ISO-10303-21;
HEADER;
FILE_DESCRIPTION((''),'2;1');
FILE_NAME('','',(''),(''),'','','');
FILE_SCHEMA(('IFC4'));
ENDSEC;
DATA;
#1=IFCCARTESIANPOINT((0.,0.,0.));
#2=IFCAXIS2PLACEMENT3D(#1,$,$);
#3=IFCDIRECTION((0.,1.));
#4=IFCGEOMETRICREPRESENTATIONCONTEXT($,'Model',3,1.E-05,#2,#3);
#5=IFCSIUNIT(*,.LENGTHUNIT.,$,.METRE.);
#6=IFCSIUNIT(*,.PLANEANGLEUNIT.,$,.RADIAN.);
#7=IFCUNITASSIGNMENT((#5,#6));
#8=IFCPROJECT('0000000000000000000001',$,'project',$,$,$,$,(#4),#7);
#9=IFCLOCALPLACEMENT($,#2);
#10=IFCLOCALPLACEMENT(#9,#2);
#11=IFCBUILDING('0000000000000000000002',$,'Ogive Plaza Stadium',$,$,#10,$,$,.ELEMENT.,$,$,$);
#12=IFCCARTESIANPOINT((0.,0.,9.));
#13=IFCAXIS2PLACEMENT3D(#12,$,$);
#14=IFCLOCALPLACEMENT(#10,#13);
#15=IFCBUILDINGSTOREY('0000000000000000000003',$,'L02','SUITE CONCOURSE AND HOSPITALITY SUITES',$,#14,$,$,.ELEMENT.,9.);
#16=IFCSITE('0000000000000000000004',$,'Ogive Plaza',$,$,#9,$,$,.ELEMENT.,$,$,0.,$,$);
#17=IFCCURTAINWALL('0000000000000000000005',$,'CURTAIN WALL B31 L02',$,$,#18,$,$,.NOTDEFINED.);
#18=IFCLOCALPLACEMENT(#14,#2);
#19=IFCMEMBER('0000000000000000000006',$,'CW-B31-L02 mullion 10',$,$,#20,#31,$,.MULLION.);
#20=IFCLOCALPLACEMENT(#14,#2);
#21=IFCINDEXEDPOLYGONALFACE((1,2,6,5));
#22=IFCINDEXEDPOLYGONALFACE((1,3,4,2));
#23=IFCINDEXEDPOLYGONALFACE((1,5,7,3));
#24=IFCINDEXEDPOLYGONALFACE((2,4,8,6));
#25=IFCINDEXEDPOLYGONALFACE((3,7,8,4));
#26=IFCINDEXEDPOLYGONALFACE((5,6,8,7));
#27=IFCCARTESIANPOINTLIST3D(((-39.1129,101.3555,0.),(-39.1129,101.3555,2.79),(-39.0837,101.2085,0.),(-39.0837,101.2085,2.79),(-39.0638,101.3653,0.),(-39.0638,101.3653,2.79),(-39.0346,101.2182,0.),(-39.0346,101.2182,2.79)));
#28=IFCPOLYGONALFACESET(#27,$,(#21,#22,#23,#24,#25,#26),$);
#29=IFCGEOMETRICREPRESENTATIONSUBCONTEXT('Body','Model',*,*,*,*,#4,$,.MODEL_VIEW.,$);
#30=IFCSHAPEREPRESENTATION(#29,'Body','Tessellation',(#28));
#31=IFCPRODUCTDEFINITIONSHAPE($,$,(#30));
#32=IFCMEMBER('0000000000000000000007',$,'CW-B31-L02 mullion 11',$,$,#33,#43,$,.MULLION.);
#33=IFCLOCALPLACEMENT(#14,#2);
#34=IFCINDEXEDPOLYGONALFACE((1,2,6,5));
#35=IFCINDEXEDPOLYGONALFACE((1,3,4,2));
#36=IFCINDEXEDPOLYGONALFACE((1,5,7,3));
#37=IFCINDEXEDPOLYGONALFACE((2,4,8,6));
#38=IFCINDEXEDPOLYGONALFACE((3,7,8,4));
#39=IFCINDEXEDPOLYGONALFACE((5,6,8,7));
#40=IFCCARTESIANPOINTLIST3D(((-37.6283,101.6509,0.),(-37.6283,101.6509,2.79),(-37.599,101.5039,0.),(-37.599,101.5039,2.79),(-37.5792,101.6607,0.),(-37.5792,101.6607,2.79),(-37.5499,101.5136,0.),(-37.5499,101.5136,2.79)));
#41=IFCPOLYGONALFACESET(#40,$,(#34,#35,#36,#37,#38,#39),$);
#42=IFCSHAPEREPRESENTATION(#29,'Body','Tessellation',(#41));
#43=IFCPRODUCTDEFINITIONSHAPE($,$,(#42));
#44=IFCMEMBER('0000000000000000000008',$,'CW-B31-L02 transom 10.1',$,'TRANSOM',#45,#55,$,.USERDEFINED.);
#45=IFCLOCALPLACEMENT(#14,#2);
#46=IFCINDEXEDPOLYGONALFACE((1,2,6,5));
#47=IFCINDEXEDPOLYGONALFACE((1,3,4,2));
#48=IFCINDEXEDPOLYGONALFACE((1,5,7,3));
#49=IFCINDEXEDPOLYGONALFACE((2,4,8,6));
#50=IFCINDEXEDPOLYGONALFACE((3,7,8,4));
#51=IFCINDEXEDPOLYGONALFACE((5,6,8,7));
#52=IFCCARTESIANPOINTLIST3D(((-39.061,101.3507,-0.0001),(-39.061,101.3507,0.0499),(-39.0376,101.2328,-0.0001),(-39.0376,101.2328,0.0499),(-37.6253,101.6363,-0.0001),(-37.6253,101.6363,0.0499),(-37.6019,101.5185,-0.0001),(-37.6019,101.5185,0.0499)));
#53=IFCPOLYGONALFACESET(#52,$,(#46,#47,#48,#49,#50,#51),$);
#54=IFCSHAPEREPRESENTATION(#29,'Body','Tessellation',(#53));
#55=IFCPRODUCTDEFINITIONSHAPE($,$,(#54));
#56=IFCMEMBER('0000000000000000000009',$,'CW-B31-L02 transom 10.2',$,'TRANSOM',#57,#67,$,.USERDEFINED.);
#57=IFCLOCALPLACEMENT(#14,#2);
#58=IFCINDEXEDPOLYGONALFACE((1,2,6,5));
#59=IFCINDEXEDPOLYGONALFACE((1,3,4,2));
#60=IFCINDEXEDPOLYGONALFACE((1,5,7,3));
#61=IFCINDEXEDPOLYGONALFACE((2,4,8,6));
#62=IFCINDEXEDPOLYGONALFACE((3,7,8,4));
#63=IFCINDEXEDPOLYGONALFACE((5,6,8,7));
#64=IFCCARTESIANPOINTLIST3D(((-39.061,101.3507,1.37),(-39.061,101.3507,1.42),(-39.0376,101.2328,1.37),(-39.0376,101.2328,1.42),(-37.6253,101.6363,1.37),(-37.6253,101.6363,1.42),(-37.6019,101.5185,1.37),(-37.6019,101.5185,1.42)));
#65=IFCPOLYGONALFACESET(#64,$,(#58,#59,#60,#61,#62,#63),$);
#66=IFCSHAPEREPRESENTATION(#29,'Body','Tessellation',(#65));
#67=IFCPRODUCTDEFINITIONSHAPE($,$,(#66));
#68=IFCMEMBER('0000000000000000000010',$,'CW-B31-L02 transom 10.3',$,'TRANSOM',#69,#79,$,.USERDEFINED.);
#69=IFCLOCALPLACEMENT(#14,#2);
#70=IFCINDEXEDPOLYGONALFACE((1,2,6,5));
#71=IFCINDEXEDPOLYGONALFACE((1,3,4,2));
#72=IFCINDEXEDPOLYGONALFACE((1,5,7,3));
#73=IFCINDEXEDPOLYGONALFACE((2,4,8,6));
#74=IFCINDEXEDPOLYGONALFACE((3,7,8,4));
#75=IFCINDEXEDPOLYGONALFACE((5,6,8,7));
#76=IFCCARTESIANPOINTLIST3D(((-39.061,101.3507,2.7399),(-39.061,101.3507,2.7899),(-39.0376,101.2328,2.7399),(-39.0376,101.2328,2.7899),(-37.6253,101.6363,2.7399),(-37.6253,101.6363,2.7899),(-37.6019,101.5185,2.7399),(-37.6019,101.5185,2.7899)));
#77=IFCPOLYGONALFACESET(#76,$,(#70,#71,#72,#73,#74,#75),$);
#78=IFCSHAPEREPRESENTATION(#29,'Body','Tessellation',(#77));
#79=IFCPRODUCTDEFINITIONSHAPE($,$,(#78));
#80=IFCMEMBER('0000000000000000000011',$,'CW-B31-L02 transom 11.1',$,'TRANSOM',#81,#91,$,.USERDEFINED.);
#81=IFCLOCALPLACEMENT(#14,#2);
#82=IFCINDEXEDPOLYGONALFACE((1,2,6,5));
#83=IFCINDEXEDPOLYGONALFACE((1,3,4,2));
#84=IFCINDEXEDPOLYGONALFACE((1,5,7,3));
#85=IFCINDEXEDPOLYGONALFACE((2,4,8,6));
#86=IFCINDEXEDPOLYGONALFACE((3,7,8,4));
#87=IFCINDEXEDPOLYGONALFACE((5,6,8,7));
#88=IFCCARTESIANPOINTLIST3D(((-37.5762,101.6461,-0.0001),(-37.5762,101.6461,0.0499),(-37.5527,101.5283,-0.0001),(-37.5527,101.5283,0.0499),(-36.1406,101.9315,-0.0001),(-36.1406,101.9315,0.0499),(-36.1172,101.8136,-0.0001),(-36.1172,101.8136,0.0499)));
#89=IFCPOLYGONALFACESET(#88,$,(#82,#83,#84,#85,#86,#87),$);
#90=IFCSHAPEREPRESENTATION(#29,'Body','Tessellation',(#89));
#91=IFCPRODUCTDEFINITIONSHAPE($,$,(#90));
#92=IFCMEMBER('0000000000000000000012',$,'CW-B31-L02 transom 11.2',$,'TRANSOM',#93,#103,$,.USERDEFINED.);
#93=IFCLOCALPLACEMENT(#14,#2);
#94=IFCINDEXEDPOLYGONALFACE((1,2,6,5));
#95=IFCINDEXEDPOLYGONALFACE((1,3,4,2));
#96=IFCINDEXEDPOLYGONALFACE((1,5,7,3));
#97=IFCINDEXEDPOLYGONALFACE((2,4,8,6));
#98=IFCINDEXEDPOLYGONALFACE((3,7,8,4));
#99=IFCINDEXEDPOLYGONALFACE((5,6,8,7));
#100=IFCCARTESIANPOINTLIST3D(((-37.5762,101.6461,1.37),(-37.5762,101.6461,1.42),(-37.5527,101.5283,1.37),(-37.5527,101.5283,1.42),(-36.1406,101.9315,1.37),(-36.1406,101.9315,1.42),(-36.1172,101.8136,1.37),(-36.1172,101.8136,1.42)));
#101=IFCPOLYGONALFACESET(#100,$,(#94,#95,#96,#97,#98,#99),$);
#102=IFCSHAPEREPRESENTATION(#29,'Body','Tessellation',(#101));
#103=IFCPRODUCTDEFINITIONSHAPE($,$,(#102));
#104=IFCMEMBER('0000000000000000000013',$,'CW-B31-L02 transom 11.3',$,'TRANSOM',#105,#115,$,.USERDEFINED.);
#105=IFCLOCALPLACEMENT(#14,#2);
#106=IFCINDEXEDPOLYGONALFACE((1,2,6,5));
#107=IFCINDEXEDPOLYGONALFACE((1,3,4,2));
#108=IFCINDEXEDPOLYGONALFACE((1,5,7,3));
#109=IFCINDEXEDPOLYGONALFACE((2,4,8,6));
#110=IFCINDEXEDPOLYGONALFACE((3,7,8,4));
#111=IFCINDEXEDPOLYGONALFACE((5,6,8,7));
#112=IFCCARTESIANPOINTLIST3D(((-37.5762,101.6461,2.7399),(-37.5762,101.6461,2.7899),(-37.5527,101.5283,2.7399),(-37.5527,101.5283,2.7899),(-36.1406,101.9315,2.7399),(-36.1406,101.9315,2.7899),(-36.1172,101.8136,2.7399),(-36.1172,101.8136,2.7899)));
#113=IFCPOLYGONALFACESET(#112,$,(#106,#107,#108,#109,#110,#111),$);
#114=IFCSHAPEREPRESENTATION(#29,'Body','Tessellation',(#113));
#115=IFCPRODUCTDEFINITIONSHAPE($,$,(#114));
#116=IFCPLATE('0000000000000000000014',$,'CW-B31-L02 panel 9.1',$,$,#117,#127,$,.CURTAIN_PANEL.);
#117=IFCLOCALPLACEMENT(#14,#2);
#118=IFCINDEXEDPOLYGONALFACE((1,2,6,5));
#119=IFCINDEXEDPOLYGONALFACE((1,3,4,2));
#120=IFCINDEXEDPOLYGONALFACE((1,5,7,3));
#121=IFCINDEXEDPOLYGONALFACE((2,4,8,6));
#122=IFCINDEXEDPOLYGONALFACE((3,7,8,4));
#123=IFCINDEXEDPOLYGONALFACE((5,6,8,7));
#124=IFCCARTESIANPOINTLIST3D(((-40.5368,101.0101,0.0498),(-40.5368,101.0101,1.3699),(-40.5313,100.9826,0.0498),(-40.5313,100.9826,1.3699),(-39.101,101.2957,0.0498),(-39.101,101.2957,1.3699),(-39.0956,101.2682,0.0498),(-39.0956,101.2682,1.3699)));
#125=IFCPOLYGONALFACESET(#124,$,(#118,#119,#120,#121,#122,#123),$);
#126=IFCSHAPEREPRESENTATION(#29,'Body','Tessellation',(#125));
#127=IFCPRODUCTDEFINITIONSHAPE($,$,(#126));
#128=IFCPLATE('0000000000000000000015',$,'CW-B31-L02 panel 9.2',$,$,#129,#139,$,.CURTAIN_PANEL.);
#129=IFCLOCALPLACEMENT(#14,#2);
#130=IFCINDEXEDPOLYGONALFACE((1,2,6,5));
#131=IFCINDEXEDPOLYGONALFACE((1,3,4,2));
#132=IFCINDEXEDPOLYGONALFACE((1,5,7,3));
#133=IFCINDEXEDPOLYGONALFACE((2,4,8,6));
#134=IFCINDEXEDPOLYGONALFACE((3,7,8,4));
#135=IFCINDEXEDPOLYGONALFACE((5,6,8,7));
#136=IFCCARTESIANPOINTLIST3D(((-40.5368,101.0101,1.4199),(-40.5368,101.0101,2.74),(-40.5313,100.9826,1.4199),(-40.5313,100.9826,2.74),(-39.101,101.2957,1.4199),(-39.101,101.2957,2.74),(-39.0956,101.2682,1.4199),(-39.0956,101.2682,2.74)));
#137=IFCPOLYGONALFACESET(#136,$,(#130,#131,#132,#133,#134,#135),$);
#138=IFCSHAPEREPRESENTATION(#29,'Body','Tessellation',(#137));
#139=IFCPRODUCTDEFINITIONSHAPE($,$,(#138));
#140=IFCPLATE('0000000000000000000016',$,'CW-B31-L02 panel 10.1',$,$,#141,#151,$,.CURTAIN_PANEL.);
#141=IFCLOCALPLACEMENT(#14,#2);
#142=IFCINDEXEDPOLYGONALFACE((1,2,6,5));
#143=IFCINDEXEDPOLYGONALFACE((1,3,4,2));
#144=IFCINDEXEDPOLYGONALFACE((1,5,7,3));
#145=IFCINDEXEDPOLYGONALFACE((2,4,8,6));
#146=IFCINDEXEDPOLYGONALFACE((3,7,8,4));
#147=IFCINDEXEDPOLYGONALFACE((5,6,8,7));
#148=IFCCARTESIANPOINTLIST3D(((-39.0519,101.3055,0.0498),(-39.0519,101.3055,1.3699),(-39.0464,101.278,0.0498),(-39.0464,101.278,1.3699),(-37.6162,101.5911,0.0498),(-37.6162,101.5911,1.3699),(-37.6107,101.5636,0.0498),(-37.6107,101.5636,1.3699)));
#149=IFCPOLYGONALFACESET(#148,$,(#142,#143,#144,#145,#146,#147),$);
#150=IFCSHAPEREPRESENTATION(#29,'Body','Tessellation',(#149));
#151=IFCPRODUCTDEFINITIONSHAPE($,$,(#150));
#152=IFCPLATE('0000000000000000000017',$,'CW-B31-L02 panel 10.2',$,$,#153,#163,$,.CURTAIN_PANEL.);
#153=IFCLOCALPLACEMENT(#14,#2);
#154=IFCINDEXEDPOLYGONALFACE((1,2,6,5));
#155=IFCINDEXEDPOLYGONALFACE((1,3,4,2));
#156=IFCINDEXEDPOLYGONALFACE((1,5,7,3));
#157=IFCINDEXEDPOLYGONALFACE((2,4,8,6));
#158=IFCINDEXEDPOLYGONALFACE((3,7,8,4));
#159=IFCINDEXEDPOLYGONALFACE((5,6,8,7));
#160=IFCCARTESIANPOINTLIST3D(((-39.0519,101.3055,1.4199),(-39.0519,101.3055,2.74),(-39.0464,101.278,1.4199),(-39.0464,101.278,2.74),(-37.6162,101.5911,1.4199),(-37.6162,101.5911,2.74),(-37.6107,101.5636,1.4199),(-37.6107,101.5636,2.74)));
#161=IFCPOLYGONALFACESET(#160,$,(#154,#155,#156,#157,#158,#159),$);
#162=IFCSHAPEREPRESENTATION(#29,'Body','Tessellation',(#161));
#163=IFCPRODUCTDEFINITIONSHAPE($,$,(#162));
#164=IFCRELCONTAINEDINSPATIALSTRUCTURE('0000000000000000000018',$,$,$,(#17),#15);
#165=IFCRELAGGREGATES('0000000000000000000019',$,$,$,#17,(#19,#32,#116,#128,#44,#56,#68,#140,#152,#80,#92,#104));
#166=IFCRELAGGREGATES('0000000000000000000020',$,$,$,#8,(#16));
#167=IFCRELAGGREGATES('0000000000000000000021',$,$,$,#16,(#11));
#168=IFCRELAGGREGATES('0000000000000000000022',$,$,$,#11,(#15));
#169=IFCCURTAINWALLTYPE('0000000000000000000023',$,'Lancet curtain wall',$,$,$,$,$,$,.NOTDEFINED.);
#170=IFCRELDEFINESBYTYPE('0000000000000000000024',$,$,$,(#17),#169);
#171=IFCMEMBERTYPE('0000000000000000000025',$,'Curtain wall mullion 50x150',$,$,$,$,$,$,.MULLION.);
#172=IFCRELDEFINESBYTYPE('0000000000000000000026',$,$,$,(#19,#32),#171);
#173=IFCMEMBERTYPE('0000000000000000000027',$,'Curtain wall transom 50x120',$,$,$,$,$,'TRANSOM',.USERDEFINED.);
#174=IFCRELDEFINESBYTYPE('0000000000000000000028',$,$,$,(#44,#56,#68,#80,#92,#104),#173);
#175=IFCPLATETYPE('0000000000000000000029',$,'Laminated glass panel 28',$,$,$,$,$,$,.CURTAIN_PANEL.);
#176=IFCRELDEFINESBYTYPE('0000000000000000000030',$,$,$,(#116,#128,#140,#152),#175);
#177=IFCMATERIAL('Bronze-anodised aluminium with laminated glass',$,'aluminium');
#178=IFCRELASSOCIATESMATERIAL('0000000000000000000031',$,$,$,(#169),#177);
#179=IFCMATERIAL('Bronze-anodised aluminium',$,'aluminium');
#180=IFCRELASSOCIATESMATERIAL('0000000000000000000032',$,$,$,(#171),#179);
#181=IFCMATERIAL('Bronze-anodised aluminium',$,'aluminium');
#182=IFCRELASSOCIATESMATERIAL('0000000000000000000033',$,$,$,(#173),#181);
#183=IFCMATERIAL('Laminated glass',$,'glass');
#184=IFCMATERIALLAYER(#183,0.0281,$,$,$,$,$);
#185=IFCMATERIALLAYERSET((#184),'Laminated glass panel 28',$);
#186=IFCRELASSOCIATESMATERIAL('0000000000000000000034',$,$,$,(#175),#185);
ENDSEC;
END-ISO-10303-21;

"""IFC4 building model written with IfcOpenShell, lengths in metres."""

from ifc_helpers import new_model, si_unit, direction, frame, origin, origin_2d, place, context, subcontext, project, spatial, rectangle, extrude, material, layer, layer_set, material_profile, profile_set, type_object, element, aggregate, save


model = new_model("IFC4")

# Units and contexts
model_context = context("Model", 3, precision=1e-05, world=origin(), true_north=direction((0.0, 1.0)))
body_context = subcontext(model_context, "Body", "Model", "MODEL_VIEW")
ifc_project = project(units=[si_unit("LENGTHUNIT", "METRE"), si_unit("PLANEANGLEUNIT", "RADIAN")], contexts=[model_context])

# Site, building, storey
site_placement = place(None, origin())
site = spatial("IfcSite", under=ifc_project, at=site_placement, Name="Ogive Plaza", CompositionType="ELEMENT", RefElevation=0.0)
building_placement = place(site_placement, origin())
building = spatial("IfcBuilding", under=site, at=building_placement, Name="Ogive Plaza Stadium", CompositionType="ELEMENT")
storey_placement = place(building_placement, frame((0.0, 0.0, 9.0)))
storey = spatial("IfcBuildingStorey", under=building, at=storey_placement, Name="L02", Description="SUITE CONCOURSE AND HOSPITALITY SUITES", CompositionType="ELEMENT", Elevation=9.0)

# Curtain wall, members, plates
ifc_material_1 = material(Name="Bronze-anodised aluminium with laminated glass", Category="aluminium")
curtain_wall_type = type_object("IfcCurtainWallType", Name="Lancet curtain wall", PredefinedType="NOTDEFINED", material=ifc_material_1)
curtain_wall_placement = place(storey_placement, origin())
curtain_wall = element("IfcCurtainWall", 1, at=curtain_wall_placement, inside=storey, type_object=curtain_wall_type, Name="CURTAIN WALL B31 L02", PredefinedType="NOTDEFINED")
ifc_material_2 = material(Name="Bronze-anodised aluminium", Category="aluminium")
ifc_material_profile_1 = material_profile(ifc_material_2, rectangle(XDim=0.1499, YDim=0.05, at=origin_2d()), Name="AL 150x50")
ifc_profile_set_1 = profile_set([ifc_material_profile_1], Name="Bronze-anodised aluminium")
member_type_1 = type_object("IfcMemberType", Name="Curtain wall mullion 50x150", PredefinedType="MULLION", material=ifc_profile_set_1)
member_1_placement = place(storey_placement, frame((-39.0737, 101.2869, 0.0), z_axis=(0.0, 0.0, 1.0), x_axis=(-0.19509, 0.980785, 0.0)))
member_1 = element("IfcMember", 2, at=member_1_placement, type_object=member_type_1, Name="CW-B31-L02 mullion 10", PredefinedType="MULLION", context=body_context, shape_type="SweptSolid", body=[
    extrude(rectangle(XDim=0.1499, YDim=0.05, at=origin_2d()), origin(), (0.0, 0.0, 1.0), 2.79),
])
member_2_placement = place(storey_placement, frame((-37.5891, 101.5823, 0.0), z_axis=(0.0, 0.0, 1.0), x_axis=(-0.19509, 0.980785, 0.0)))
member_2 = element("IfcMember", 3, at=member_2_placement, type_object=member_type_1, Name="CW-B31-L02 mullion 11", PredefinedType="MULLION", context=body_context, shape_type="SweptSolid", body=[
    extrude(rectangle(XDim=0.1499, YDim=0.05, at=origin_2d()), origin(), (0.0, 0.0, 1.0), 2.79),
])
ifc_material_3 = material(Name="Bronze-anodised aluminium", Category="aluminium")
ifc_material_profile_2 = material_profile(ifc_material_3, rectangle(XDim=0.1201, YDim=0.05, at=origin_2d()), Name="AL 120x50")
ifc_profile_set_2 = profile_set([ifc_material_profile_2], Name="Bronze-anodised aluminium")
member_type_2 = type_object("IfcMemberType", Name="Curtain wall transom 50x120", ElementType="TRANSOM", PredefinedType="USERDEFINED", material=ifc_profile_set_2)
member_3_placement = place(storey_placement, frame((-39.0493, 101.2917, 0.0249), z_axis=(0.980779, 0.195122, 0.0), x_axis=(-0.195122, 0.980779, 0.0)))
member_3 = element("IfcMember", 4, at=member_3_placement, type_object=member_type_2, Name="CW-B31-L02 transom 10.1", ObjectType="TRANSOM", PredefinedType="USERDEFINED", context=body_context, shape_type="SweptSolid", body=[
    extrude(rectangle(XDim=0.1201, YDim=0.05, at=origin_2d()), origin(), (0.0, 0.0, 1.0), 1.4639),
])
member_4_placement = place(storey_placement, frame((-39.0493, 101.2917, 1.395), z_axis=(0.980779, 0.195122, 0.0), x_axis=(-0.195122, 0.980779, 0.0)))
member_4 = element("IfcMember", 5, at=member_4_placement, type_object=member_type_2, Name="CW-B31-L02 transom 10.2", ObjectType="TRANSOM", PredefinedType="USERDEFINED", context=body_context, shape_type="SweptSolid", body=[
    extrude(rectangle(XDim=0.1201, YDim=0.05, at=origin_2d()), origin(), (0.0, 0.0, 1.0), 1.4639),
])
member_5_placement = place(storey_placement, frame((-39.0493, 101.2917, 2.7649), z_axis=(0.980779, 0.195122, 0.0), x_axis=(-0.195122, 0.980779, 0.0)))
member_5 = element("IfcMember", 6, at=member_5_placement, type_object=member_type_2, Name="CW-B31-L02 transom 10.3", ObjectType="TRANSOM", PredefinedType="USERDEFINED", context=body_context, shape_type="SweptSolid", body=[
    extrude(rectangle(XDim=0.1201, YDim=0.05, at=origin_2d()), origin(), (0.0, 0.0, 1.0), 1.4639),
])
member_6_placement = place(storey_placement, frame((-37.5645, 101.5872, 0.0249), z_axis=(0.980805, 0.194993, 0.0), x_axis=(-0.194993, 0.980805, 0.0)))
member_6 = element("IfcMember", 7, at=member_6_placement, type_object=member_type_2, Name="CW-B31-L02 transom 11.1", ObjectType="TRANSOM", PredefinedType="USERDEFINED", context=body_context, shape_type="SweptSolid", body=[
    extrude(rectangle(XDim=0.1201, YDim=0.05, at=origin_2d()), origin(), (0.0, 0.0, 1.0), 1.4636),
])
member_7_placement = place(storey_placement, frame((-37.5645, 101.5872, 1.395), z_axis=(0.980805, 0.194993, 0.0), x_axis=(-0.194993, 0.980805, 0.0)))
member_7 = element("IfcMember", 8, at=member_7_placement, type_object=member_type_2, Name="CW-B31-L02 transom 11.2", ObjectType="TRANSOM", PredefinedType="USERDEFINED", context=body_context, shape_type="SweptSolid", body=[
    extrude(rectangle(XDim=0.1201, YDim=0.05, at=origin_2d()), origin(), (0.0, 0.0, 1.0), 1.4636),
])
member_8_placement = place(storey_placement, frame((-37.5645, 101.5872, 2.7649), z_axis=(0.980805, 0.194993, 0.0), x_axis=(-0.194993, 0.980805, 0.0)))
member_8 = element("IfcMember", 9, at=member_8_placement, type_object=member_type_2, Name="CW-B31-L02 transom 11.3", ObjectType="TRANSOM", PredefinedType="USERDEFINED", context=body_context, shape_type="SweptSolid", body=[
    extrude(rectangle(XDim=0.1201, YDim=0.05, at=origin_2d()), origin(), (0.0, 0.0, 1.0), 1.4636),
])
ifc_material_4 = material(Name="Laminated glass", Category="glass")
ifc_layer_1 = layer(ifc_material_4, 0.0281)
ifc_layer_set_1 = layer_set([ifc_layer_1], Name="Laminated glass panel 28")
plate_type = type_object("IfcPlateType", Name="Laminated glass panel 28", PredefinedType="CURTAIN_PANEL", material=ifc_layer_set_1)
plate_1_placement = place(storey_placement, frame((-39.8162, 101.1392, 0.0498), z_axis=(0.0, 0.0, 1.0), x_axis=(0.980785, 0.19509, 0.0)))
plate_1 = element("IfcPlate", 10, at=plate_1_placement, type_object=plate_type, Name="CW-B31-L02 panel 9.1", PredefinedType="CURTAIN_PANEL", context=body_context, shape_type="SweptSolid", body=[
    extrude(rectangle(XDim=1.4639, YDim=0.0281, at=origin_2d()), origin(), (0.0, 0.0, 1.0), 1.3201),
])
plate_2_placement = place(storey_placement, frame((-39.8162, 101.1392, 1.4199), z_axis=(0.0, 0.0, 1.0), x_axis=(0.980785, 0.19509, 0.0)))
plate_2 = element("IfcPlate", 11, at=plate_2_placement, type_object=plate_type, Name="CW-B31-L02 panel 9.2", PredefinedType="CURTAIN_PANEL", context=body_context, shape_type="SweptSolid", body=[
    extrude(rectangle(XDim=1.4639, YDim=0.0281, at=origin_2d()), origin(), (0.0, 0.0, 1.0), 1.3201),
])
plate_3_placement = place(storey_placement, frame((-38.3313, 101.4346, 0.0498), z_axis=(0.0, 0.0, 1.0), x_axis=(0.980785, 0.19509, 0.0)))
plate_3 = element("IfcPlate", 12, at=plate_3_placement, type_object=plate_type, Name="CW-B31-L02 panel 10.1", PredefinedType="CURTAIN_PANEL", context=body_context, shape_type="SweptSolid", body=[
    extrude(rectangle(XDim=1.4639, YDim=0.0281, at=origin_2d()), origin(), (0.0, 0.0, 1.0), 1.3201),
])
plate_4_placement = place(storey_placement, frame((-38.3313, 101.4346, 1.4199), z_axis=(0.0, 0.0, 1.0), x_axis=(0.980785, 0.19509, 0.0)))
plate_4 = element("IfcPlate", 13, at=plate_4_placement, type_object=plate_type, Name="CW-B31-L02 panel 10.2", PredefinedType="CURTAIN_PANEL", context=body_context, shape_type="SweptSolid", body=[
    extrude(rectangle(XDim=1.4639, YDim=0.0281, at=origin_2d()), origin(), (0.0, 0.0, 1.0), 1.3201),
])
aggregate(curtain_wall, [member_1, member_2, plate_1, plate_2, member_3, member_4, member_5, plate_3, plate_4, member_6, member_7, member_8])

save(model, "model.ifc")
